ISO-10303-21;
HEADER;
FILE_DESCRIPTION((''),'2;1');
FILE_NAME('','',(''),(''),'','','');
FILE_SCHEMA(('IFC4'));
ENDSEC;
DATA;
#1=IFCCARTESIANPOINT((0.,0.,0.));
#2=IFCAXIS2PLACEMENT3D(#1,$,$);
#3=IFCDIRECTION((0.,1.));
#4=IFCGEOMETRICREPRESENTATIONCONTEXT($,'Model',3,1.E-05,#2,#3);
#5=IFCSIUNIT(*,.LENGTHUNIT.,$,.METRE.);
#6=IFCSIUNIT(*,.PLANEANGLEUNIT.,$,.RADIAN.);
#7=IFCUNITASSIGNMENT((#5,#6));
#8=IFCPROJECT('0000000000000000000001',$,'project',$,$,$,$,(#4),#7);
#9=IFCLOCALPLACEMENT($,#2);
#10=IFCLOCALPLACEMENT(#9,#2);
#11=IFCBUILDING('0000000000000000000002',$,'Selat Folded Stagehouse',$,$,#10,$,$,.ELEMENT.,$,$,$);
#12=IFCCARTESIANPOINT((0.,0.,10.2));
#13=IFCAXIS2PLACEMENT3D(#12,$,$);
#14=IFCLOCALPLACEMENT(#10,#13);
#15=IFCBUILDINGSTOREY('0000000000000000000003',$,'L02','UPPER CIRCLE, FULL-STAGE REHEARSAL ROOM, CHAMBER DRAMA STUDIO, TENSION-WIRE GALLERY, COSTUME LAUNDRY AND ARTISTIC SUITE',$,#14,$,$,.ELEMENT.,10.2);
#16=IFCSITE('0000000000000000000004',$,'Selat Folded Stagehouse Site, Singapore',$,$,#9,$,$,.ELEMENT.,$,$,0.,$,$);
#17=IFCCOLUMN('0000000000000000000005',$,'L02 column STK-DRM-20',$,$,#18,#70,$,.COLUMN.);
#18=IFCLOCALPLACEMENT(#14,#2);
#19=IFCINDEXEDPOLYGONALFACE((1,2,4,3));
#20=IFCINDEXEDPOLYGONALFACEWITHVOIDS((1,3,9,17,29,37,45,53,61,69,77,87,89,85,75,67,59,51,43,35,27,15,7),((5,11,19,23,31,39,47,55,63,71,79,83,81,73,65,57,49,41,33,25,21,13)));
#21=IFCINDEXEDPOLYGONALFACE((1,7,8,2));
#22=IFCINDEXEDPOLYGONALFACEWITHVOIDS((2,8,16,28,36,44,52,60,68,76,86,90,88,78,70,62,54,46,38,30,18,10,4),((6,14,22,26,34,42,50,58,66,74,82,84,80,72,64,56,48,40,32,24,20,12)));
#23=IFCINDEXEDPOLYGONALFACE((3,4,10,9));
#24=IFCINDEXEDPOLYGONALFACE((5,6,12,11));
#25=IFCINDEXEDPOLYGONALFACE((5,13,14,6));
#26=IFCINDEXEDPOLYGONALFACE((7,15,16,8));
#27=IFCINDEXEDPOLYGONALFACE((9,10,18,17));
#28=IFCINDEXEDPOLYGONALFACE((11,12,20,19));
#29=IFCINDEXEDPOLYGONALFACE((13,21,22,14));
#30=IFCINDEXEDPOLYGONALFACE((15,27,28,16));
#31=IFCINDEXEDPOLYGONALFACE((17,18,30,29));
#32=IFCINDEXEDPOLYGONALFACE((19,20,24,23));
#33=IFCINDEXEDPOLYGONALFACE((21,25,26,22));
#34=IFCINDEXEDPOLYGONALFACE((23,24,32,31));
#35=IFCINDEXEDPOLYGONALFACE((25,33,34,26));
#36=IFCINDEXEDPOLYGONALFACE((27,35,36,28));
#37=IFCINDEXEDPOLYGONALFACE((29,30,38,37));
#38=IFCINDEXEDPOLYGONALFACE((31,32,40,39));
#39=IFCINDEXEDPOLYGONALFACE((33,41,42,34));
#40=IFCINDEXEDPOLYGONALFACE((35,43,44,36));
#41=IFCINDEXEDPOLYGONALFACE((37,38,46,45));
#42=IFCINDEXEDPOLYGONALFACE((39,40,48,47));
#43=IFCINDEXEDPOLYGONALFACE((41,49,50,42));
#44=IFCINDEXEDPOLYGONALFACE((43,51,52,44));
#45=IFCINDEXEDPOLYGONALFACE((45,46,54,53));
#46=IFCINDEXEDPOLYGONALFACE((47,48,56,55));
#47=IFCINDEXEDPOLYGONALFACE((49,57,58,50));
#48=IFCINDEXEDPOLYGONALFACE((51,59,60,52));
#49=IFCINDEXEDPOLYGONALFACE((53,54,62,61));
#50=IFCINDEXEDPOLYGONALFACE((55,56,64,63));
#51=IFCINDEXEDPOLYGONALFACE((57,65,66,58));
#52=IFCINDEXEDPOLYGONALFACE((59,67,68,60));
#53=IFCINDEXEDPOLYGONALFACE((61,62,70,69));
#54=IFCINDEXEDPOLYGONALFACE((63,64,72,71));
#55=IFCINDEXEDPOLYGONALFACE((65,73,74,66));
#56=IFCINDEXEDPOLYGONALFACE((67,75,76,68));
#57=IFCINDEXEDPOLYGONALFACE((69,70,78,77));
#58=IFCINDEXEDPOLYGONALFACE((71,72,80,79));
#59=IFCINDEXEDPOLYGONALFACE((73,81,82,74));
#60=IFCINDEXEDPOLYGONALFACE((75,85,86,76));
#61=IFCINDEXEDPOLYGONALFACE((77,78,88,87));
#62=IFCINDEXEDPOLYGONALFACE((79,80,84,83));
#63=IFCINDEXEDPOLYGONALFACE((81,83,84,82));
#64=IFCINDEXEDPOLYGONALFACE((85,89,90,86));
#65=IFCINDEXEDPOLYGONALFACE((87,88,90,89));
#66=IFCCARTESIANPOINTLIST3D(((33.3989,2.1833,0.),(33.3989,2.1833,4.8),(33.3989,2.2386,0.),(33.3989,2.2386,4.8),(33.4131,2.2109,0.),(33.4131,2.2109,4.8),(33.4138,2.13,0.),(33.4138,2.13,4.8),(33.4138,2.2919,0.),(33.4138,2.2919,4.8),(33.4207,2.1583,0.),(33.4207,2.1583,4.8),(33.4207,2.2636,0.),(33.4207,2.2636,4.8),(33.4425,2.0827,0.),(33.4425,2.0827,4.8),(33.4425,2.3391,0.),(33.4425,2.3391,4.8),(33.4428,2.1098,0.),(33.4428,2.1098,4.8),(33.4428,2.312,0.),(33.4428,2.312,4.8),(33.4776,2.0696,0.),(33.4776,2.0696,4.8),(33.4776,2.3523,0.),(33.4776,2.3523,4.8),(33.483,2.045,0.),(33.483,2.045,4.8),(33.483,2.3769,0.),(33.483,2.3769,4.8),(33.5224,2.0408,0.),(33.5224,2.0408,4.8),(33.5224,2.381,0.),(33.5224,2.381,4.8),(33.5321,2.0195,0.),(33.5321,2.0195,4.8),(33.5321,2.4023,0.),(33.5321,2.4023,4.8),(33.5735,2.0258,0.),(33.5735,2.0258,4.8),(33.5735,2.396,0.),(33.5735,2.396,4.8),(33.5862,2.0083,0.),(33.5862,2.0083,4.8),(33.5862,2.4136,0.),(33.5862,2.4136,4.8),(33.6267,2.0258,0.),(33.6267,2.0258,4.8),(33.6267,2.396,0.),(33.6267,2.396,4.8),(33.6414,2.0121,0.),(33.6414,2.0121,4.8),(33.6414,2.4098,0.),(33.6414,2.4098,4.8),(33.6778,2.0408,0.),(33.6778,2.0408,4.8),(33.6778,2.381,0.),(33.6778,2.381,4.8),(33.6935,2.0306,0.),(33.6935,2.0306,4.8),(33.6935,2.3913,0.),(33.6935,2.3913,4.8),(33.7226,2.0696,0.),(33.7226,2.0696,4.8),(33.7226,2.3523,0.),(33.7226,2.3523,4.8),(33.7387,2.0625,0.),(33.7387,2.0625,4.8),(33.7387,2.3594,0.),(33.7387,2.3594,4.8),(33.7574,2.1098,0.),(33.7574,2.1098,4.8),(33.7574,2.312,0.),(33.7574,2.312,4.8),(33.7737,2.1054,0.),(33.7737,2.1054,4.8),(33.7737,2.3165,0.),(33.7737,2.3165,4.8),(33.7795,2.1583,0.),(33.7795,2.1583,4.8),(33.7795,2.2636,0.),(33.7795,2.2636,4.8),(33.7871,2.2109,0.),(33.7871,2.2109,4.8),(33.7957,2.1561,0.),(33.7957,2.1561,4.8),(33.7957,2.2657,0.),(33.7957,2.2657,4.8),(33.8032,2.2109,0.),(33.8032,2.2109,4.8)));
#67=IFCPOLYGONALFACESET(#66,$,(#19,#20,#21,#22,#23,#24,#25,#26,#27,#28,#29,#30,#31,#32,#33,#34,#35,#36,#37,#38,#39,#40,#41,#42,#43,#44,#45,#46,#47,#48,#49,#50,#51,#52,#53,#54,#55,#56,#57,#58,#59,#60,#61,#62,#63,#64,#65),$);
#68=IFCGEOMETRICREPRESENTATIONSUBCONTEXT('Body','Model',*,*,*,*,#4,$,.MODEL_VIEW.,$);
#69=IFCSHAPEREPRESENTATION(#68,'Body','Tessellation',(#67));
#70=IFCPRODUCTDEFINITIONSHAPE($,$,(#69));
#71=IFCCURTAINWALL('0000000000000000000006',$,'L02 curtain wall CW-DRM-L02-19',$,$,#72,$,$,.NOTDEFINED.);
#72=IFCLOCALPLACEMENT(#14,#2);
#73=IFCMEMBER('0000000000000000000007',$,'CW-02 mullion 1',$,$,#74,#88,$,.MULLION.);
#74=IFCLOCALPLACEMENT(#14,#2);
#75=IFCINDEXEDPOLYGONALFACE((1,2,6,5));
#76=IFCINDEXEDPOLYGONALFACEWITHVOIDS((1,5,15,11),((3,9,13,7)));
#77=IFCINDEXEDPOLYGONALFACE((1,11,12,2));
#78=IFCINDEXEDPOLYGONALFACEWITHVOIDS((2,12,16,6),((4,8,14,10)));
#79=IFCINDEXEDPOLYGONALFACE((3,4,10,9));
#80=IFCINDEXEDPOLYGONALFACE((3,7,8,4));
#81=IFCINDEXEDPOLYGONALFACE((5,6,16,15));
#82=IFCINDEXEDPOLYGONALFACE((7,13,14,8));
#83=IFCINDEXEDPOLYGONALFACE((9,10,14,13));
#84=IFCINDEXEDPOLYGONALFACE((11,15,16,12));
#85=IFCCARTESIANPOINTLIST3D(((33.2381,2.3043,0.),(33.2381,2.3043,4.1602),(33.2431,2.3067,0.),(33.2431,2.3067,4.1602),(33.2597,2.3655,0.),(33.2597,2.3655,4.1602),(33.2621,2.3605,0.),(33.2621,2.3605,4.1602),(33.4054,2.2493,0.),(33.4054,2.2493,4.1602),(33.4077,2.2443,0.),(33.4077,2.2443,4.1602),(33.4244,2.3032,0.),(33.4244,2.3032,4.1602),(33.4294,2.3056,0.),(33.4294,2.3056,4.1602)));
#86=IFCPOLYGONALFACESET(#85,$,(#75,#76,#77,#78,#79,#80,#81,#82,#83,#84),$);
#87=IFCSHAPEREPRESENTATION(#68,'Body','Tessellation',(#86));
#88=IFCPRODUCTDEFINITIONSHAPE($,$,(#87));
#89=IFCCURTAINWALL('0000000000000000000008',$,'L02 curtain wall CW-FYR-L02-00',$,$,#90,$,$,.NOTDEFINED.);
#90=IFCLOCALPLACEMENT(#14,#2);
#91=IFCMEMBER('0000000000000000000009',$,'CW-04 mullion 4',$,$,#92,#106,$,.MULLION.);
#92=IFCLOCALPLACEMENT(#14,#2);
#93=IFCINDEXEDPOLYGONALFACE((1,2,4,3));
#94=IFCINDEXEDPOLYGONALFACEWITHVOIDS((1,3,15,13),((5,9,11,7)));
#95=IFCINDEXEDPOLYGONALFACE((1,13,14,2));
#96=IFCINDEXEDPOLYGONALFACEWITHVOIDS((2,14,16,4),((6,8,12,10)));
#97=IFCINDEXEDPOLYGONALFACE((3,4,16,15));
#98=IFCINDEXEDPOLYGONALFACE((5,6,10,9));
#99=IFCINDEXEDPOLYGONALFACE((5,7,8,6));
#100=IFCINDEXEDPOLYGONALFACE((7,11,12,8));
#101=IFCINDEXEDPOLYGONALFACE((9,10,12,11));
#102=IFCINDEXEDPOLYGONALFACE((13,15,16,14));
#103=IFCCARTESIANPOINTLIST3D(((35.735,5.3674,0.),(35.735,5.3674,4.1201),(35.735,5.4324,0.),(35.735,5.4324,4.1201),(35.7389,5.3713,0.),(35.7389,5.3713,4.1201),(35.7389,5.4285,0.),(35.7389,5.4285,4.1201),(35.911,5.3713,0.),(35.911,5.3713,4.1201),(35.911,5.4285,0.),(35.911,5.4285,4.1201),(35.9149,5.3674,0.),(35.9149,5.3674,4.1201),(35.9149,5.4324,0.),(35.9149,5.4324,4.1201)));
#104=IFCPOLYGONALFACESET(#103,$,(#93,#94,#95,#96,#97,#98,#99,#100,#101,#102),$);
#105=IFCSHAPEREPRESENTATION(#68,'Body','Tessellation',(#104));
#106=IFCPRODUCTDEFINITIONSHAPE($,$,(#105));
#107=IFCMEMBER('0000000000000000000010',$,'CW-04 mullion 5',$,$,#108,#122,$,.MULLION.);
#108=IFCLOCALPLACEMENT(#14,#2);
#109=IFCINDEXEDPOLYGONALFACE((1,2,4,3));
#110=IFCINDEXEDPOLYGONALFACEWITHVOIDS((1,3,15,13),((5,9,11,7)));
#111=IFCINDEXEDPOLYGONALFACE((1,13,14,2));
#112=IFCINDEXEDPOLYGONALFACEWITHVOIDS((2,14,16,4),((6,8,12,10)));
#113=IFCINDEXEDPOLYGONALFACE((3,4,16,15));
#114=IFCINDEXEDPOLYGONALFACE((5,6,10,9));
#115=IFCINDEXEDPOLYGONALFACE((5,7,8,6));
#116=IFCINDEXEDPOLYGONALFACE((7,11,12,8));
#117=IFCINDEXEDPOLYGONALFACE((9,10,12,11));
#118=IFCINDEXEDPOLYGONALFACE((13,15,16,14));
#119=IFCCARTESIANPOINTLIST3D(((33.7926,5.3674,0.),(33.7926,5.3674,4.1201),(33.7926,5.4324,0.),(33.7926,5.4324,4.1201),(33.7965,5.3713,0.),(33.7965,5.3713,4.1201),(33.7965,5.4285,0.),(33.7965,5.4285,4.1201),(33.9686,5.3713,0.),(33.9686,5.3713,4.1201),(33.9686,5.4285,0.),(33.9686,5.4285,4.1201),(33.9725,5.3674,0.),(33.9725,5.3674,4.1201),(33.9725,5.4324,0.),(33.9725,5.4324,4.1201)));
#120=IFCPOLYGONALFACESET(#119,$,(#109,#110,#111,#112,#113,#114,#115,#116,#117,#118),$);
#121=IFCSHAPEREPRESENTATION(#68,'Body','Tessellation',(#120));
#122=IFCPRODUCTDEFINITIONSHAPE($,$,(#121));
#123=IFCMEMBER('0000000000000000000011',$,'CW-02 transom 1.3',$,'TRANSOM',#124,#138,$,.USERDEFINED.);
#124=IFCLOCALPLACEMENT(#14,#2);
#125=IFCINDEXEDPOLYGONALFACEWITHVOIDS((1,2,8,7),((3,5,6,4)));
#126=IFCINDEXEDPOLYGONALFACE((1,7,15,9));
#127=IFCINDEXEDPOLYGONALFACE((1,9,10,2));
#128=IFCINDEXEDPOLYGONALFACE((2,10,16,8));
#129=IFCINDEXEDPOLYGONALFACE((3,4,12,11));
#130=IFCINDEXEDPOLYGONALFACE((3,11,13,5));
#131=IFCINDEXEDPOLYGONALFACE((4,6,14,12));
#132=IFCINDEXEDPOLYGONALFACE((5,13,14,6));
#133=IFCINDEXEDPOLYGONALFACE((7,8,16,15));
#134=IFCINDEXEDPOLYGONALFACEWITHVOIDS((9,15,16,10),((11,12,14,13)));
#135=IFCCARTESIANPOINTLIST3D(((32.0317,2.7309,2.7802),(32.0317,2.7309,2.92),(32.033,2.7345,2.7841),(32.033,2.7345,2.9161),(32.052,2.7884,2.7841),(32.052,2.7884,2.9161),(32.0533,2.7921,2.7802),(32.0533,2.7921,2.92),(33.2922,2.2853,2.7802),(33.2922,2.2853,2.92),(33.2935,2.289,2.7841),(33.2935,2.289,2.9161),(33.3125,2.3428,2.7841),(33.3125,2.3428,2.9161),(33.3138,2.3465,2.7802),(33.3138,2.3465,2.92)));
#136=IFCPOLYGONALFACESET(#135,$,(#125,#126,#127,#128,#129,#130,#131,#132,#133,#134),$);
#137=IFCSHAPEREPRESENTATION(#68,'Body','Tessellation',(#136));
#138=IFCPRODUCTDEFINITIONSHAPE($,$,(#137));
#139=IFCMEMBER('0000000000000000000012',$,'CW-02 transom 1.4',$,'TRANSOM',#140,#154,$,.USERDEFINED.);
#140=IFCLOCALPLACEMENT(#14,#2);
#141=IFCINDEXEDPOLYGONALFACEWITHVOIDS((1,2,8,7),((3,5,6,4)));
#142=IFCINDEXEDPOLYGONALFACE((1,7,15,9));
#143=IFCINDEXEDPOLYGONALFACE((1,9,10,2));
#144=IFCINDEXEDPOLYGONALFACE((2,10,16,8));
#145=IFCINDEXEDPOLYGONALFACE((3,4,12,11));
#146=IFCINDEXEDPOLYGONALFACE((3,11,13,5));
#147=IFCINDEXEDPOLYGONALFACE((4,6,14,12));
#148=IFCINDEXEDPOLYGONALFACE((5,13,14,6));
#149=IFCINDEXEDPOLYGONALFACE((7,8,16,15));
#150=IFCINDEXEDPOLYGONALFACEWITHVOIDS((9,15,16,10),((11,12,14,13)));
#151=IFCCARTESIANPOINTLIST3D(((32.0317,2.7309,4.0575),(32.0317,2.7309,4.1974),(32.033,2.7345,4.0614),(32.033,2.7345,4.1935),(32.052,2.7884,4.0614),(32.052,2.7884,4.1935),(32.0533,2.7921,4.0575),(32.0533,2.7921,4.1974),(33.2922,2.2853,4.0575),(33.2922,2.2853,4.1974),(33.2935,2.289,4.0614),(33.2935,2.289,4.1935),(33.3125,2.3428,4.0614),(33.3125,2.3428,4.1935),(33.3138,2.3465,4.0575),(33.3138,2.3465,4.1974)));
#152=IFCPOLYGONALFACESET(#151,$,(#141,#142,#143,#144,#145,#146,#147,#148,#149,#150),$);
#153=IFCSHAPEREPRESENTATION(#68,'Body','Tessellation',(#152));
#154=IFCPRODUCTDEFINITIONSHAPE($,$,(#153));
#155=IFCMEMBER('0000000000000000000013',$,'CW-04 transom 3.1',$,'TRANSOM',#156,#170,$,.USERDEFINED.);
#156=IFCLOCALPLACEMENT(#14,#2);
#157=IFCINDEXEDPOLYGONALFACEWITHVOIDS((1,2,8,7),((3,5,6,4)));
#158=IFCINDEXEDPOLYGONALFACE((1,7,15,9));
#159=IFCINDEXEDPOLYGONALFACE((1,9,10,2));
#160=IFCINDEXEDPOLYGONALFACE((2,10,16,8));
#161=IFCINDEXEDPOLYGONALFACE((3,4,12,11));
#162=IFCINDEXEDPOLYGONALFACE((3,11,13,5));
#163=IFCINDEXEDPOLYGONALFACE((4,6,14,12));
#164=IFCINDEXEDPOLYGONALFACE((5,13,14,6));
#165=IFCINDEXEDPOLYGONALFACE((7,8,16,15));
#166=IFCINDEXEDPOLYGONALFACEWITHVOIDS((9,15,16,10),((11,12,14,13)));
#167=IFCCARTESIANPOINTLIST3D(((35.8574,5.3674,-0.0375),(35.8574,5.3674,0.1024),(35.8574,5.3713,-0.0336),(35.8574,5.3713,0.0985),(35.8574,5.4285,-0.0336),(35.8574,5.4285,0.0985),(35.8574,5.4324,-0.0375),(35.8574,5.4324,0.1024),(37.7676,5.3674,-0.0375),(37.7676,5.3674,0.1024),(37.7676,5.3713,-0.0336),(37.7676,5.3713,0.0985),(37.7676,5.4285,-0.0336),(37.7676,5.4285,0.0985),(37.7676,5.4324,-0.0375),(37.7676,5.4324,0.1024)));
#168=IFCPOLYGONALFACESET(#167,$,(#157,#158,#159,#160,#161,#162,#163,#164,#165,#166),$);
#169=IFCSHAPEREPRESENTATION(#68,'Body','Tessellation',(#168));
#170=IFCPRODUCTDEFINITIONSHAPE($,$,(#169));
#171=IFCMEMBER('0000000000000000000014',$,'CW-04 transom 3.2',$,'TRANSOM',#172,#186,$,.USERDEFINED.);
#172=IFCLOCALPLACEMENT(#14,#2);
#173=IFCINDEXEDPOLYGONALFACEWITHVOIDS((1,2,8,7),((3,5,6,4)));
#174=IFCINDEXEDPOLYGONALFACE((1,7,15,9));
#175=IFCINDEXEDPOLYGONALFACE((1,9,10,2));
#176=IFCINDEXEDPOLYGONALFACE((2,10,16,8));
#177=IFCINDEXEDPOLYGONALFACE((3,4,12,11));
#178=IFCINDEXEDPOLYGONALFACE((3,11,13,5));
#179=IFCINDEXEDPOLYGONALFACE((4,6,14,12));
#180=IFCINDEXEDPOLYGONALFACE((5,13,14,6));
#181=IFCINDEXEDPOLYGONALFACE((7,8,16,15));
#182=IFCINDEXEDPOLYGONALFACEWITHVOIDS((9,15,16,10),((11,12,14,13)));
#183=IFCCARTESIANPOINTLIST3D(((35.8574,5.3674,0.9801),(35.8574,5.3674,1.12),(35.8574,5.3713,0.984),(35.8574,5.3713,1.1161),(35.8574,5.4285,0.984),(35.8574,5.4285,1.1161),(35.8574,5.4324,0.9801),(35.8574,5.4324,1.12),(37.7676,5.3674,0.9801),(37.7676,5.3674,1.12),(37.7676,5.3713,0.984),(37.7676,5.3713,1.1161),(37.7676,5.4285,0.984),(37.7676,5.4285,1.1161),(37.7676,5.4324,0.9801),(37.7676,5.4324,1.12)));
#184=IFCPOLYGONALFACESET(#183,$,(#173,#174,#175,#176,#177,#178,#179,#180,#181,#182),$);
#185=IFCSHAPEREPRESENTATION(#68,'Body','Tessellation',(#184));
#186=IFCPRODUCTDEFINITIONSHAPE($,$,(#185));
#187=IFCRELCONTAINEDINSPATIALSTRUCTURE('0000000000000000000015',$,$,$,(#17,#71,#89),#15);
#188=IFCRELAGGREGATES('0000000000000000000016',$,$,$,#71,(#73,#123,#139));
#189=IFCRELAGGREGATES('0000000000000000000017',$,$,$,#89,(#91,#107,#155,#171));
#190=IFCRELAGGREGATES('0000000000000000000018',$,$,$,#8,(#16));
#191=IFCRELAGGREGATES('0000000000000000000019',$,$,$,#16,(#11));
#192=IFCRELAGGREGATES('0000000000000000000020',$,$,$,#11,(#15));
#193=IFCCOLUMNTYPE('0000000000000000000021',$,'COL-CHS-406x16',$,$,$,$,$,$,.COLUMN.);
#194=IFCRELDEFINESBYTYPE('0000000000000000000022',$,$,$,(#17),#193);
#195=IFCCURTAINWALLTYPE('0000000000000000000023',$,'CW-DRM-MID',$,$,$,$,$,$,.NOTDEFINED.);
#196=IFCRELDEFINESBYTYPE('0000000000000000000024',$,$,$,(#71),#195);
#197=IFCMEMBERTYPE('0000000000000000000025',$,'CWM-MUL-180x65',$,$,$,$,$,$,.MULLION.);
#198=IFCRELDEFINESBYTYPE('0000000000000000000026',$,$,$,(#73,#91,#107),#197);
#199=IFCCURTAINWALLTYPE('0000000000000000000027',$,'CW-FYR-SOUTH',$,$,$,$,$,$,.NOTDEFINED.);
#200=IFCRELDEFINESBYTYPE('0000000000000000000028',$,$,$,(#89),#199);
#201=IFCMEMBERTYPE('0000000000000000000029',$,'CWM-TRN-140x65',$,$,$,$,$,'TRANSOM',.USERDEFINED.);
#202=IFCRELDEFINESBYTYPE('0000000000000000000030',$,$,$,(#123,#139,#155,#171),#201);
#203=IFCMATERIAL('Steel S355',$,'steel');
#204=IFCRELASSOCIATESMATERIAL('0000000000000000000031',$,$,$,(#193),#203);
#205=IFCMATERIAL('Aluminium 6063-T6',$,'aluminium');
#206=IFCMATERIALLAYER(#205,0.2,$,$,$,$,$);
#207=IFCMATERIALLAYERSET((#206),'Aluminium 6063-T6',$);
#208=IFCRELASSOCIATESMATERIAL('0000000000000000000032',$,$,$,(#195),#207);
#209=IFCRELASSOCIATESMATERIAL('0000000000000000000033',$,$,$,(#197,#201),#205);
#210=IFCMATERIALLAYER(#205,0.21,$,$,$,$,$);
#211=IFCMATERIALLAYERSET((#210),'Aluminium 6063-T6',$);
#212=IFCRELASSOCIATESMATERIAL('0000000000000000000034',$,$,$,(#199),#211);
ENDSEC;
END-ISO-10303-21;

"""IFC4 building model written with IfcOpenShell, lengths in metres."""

from ifc_helpers import new_model, si_unit, direction, frame, origin, origin_2d, place, context, subcontext, project, spatial, hollow_rectangle, hollow_circle, extrude, material, layer, layer_set, material_profile, profile_set, type_object, element, aggregate, save


model = new_model("IFC4")

# Units and contexts
model_context = context("Model", 3, precision=1e-05, world=origin(), true_north=direction((0.0, 1.0)))
body_context = subcontext(model_context, "Body", "Model", "MODEL_VIEW")
ifc_project = project(units=[si_unit("LENGTHUNIT", "METRE"), si_unit("PLANEANGLEUNIT", "RADIAN")], contexts=[model_context])

# Site, building, storey
site_placement = place(None, origin())
site = spatial("IfcSite", under=ifc_project, at=site_placement, Name="Selat Folded Stagehouse Site, Singapore", CompositionType="ELEMENT", RefElevation=0.0)
building_placement = place(site_placement, origin())
building = spatial("IfcBuilding", under=site, at=building_placement, Name="Selat Folded Stagehouse", CompositionType="ELEMENT")
storey_placement = place(building_placement, frame((0.0, 0.0, 10.2)))
storey = spatial("IfcBuildingStorey", under=building, at=storey_placement, Name="L02", Description="UPPER CIRCLE, FULL-STAGE REHEARSAL ROOM, CHAMBER DRAMA STUDIO, TENSION-WIRE GALLERY, COSTUME LAUNDRY AND ARTISTIC SUITE", CompositionType="ELEMENT", Elevation=10.2)

# Column
ifc_material_1 = material(Name="Steel S355", Category="steel")
ifc_material_profile_1 = material_profile(ifc_material_1, hollow_circle(Radius=0.2031, WallThickness=0.0161, at=origin_2d()), Name="CHS 406.4x16.0")
ifc_profile_set_1 = profile_set([ifc_material_profile_1], Name="Steel S355")
column_type = type_object("IfcColumnType", Name="COL-CHS-406x16", PredefinedType="COLUMN", material=ifc_profile_set_1)
column_placement = place(storey_placement, frame((33.6001, 2.2109, 0.0), z_axis=(0.0, 0.0, 1.0), x_axis=(1.0, 0.0, 0.0)))
element("IfcColumn", 1, at=column_placement, inside=storey, type_object=column_type, Name="L02 column STK-DRM-20", PredefinedType="COLUMN", context=body_context, shape_type="SweptSolid", body=[
    extrude(hollow_circle(Radius=0.2031, WallThickness=0.0161, at=origin_2d()), origin(), (0.0, 0.0, 1.0), 4.8),
])

# Curtain wall, member
ifc_material_2 = material(Name="Aluminium 6063-T6", Category="aluminium")
ifc_layer_1 = layer(ifc_material_2, 0.2)
ifc_layer_set_1 = layer_set([ifc_layer_1], Name="Aluminium 6063-T6")
curtain_wall_type_1 = type_object("IfcCurtainWallType", Name="CW-DRM-MID", PredefinedType="NOTDEFINED", material=ifc_layer_set_1)
curtain_wall_1_placement = place(storey_placement, origin())
curtain_wall_1 = element("IfcCurtainWall", 2, at=curtain_wall_1_placement, inside=storey, type_object=curtain_wall_type_1, Name="L02 curtain wall CW-DRM-L02-19", PredefinedType="NOTDEFINED")
ifc_material_profile_2 = material_profile(ifc_material_2, hollow_rectangle(XDim=0.0649, YDim=0.1799, WallThickness=0.0039, at=origin_2d()), Name="ALU 180x65x4.0")
ifc_profile_set_2 = profile_set([ifc_material_profile_2], Name="Aluminium 6063-T6")
member_type_1 = type_object("IfcMemberType", Name="CWM-MUL-180x65", PredefinedType="MULLION", material=ifc_profile_set_2)
member_1_placement = place(storey_placement, frame((33.3337, 2.3049, 0.0), z_axis=(0.0, 0.0, 1.0), x_axis=(-0.333314, -0.942816, 0.0)))
member_1 = element("IfcMember", 3, at=member_1_placement, type_object=member_type_1, Name="CW-02 mullion 1", PredefinedType="MULLION", context=body_context, shape_type="SweptSolid", body=[
    extrude(hollow_rectangle(XDim=0.0649, YDim=0.1799, WallThickness=0.0039, at=origin_2d()), origin(), (0.0, 0.0, 1.0), 4.1602),
])

# Curtain wall, members
ifc_layer_2 = layer(ifc_material_2, 0.21)
ifc_layer_set_2 = layer_set([ifc_layer_2], Name="Aluminium 6063-T6")
curtain_wall_type_2 = type_object("IfcCurtainWallType", Name="CW-FYR-SOUTH", PredefinedType="NOTDEFINED", material=ifc_layer_set_2)
curtain_wall_2_placement = place(storey_placement, origin())
curtain_wall_2 = element("IfcCurtainWall", 4, at=curtain_wall_2_placement, inside=storey, type_object=curtain_wall_type_2, Name="L02 curtain wall CW-FYR-L02-00", PredefinedType="NOTDEFINED")
member_2_placement = place(storey_placement, frame((35.825, 5.3999, 0.0), z_axis=(0.0, 0.0, 1.0), x_axis=(0.0, -1.0, 0.0)))
member_2 = element("IfcMember", 5, at=member_2_placement, type_object=member_type_1, Name="CW-04 mullion 4", PredefinedType="MULLION", context=body_context, shape_type="SweptSolid", body=[
    extrude(hollow_rectangle(XDim=0.0649, YDim=0.1799, WallThickness=0.0039, at=origin_2d()), origin(), (0.0, 0.0, 1.0), 4.1201),
])
member_3_placement = place(storey_placement, frame((33.8826, 5.3999, 0.0), z_axis=(0.0, 0.0, 1.0), x_axis=(0.0, -1.0, 0.0)))
member_3 = element("IfcMember", 6, at=member_3_placement, type_object=member_type_1, Name="CW-04 mullion 5", PredefinedType="MULLION", context=body_context, shape_type="SweptSolid", body=[
    extrude(hollow_rectangle(XDim=0.0649, YDim=0.1799, WallThickness=0.0039, at=origin_2d()), origin(), (0.0, 0.0, 1.0), 4.1201),
])

# Members
ifc_material_profile_3 = material_profile(ifc_material_2, hollow_rectangle(XDim=0.0649, YDim=0.1399, WallThickness=0.0039, at=origin_2d()), Name="ALU 140x65x4.0")
ifc_profile_set_3 = profile_set([ifc_material_profile_3], Name="Aluminium 6063-T6")
member_type_2 = type_object("IfcMemberType", Name="CWM-TRN-140x65", ElementType="TRANSOM", PredefinedType="USERDEFINED", material=ifc_profile_set_3)
member_4_placement = place(storey_placement, frame((33.303, 2.3159, 2.8501), z_axis=(-0.942832, 0.333269, 0.0), x_axis=(-0.333269, -0.942832, 0.0)))
member_4 = element("IfcMember", 7, at=member_4_placement, type_object=member_type_2, Name="CW-02 transom 1.3", ObjectType="TRANSOM", PredefinedType="USERDEFINED", context=body_context, shape_type="SweptSolid", body=[
    extrude(hollow_rectangle(XDim=0.0649, YDim=0.1399, WallThickness=0.0039, at=origin_2d()), origin(), (0.0, 0.0, 1.0), 1.3369),
])
member_5_placement = place(storey_placement, frame((33.303, 2.3159, 4.1274), z_axis=(-0.942832, 0.333269, 0.0), x_axis=(-0.333269, -0.942832, 0.0)))
member_5 = element("IfcMember", 8, at=member_5_placement, type_object=member_type_2, Name="CW-02 transom 1.4", ObjectType="TRANSOM", PredefinedType="USERDEFINED", context=body_context, shape_type="SweptSolid", body=[
    extrude(hollow_rectangle(XDim=0.0649, YDim=0.1399, WallThickness=0.0039, at=origin_2d()), origin(), (0.0, 0.0, 1.0), 1.3369),
])
aggregate(curtain_wall_1, [member_1, member_4, member_5])
member_6_placement = place(storey_placement, frame((37.7676, 5.3999, 0.0325), z_axis=(-1.0, 0.0, 0.0), x_axis=(0.0, -1.0, 0.0)))
member_6 = element("IfcMember", 9, at=member_6_placement, type_object=member_type_2, Name="CW-04 transom 3.1", ObjectType="TRANSOM", PredefinedType="USERDEFINED", context=body_context, shape_type="SweptSolid", body=[
    extrude(hollow_rectangle(XDim=0.0649, YDim=0.1399, WallThickness=0.0039, at=origin_2d()), origin(), (0.0, 0.0, 1.0), 1.9102),
])
member_7_placement = place(storey_placement, frame((37.7676, 5.3999, 1.05), z_axis=(-1.0, 0.0, 0.0), x_axis=(0.0, -1.0, 0.0)))
member_7 = element("IfcMember", 10, at=member_7_placement, type_object=member_type_2, Name="CW-04 transom 3.2", ObjectType="TRANSOM", PredefinedType="USERDEFINED", context=body_context, shape_type="SweptSolid", body=[
    extrude(hollow_rectangle(XDim=0.0649, YDim=0.1399, WallThickness=0.0039, at=origin_2d()), origin(), (0.0, 0.0, 1.0), 1.9102),
])

aggregate(curtain_wall_2, [member_2, member_3, member_6, member_7])

save(model, "model.ifc")
